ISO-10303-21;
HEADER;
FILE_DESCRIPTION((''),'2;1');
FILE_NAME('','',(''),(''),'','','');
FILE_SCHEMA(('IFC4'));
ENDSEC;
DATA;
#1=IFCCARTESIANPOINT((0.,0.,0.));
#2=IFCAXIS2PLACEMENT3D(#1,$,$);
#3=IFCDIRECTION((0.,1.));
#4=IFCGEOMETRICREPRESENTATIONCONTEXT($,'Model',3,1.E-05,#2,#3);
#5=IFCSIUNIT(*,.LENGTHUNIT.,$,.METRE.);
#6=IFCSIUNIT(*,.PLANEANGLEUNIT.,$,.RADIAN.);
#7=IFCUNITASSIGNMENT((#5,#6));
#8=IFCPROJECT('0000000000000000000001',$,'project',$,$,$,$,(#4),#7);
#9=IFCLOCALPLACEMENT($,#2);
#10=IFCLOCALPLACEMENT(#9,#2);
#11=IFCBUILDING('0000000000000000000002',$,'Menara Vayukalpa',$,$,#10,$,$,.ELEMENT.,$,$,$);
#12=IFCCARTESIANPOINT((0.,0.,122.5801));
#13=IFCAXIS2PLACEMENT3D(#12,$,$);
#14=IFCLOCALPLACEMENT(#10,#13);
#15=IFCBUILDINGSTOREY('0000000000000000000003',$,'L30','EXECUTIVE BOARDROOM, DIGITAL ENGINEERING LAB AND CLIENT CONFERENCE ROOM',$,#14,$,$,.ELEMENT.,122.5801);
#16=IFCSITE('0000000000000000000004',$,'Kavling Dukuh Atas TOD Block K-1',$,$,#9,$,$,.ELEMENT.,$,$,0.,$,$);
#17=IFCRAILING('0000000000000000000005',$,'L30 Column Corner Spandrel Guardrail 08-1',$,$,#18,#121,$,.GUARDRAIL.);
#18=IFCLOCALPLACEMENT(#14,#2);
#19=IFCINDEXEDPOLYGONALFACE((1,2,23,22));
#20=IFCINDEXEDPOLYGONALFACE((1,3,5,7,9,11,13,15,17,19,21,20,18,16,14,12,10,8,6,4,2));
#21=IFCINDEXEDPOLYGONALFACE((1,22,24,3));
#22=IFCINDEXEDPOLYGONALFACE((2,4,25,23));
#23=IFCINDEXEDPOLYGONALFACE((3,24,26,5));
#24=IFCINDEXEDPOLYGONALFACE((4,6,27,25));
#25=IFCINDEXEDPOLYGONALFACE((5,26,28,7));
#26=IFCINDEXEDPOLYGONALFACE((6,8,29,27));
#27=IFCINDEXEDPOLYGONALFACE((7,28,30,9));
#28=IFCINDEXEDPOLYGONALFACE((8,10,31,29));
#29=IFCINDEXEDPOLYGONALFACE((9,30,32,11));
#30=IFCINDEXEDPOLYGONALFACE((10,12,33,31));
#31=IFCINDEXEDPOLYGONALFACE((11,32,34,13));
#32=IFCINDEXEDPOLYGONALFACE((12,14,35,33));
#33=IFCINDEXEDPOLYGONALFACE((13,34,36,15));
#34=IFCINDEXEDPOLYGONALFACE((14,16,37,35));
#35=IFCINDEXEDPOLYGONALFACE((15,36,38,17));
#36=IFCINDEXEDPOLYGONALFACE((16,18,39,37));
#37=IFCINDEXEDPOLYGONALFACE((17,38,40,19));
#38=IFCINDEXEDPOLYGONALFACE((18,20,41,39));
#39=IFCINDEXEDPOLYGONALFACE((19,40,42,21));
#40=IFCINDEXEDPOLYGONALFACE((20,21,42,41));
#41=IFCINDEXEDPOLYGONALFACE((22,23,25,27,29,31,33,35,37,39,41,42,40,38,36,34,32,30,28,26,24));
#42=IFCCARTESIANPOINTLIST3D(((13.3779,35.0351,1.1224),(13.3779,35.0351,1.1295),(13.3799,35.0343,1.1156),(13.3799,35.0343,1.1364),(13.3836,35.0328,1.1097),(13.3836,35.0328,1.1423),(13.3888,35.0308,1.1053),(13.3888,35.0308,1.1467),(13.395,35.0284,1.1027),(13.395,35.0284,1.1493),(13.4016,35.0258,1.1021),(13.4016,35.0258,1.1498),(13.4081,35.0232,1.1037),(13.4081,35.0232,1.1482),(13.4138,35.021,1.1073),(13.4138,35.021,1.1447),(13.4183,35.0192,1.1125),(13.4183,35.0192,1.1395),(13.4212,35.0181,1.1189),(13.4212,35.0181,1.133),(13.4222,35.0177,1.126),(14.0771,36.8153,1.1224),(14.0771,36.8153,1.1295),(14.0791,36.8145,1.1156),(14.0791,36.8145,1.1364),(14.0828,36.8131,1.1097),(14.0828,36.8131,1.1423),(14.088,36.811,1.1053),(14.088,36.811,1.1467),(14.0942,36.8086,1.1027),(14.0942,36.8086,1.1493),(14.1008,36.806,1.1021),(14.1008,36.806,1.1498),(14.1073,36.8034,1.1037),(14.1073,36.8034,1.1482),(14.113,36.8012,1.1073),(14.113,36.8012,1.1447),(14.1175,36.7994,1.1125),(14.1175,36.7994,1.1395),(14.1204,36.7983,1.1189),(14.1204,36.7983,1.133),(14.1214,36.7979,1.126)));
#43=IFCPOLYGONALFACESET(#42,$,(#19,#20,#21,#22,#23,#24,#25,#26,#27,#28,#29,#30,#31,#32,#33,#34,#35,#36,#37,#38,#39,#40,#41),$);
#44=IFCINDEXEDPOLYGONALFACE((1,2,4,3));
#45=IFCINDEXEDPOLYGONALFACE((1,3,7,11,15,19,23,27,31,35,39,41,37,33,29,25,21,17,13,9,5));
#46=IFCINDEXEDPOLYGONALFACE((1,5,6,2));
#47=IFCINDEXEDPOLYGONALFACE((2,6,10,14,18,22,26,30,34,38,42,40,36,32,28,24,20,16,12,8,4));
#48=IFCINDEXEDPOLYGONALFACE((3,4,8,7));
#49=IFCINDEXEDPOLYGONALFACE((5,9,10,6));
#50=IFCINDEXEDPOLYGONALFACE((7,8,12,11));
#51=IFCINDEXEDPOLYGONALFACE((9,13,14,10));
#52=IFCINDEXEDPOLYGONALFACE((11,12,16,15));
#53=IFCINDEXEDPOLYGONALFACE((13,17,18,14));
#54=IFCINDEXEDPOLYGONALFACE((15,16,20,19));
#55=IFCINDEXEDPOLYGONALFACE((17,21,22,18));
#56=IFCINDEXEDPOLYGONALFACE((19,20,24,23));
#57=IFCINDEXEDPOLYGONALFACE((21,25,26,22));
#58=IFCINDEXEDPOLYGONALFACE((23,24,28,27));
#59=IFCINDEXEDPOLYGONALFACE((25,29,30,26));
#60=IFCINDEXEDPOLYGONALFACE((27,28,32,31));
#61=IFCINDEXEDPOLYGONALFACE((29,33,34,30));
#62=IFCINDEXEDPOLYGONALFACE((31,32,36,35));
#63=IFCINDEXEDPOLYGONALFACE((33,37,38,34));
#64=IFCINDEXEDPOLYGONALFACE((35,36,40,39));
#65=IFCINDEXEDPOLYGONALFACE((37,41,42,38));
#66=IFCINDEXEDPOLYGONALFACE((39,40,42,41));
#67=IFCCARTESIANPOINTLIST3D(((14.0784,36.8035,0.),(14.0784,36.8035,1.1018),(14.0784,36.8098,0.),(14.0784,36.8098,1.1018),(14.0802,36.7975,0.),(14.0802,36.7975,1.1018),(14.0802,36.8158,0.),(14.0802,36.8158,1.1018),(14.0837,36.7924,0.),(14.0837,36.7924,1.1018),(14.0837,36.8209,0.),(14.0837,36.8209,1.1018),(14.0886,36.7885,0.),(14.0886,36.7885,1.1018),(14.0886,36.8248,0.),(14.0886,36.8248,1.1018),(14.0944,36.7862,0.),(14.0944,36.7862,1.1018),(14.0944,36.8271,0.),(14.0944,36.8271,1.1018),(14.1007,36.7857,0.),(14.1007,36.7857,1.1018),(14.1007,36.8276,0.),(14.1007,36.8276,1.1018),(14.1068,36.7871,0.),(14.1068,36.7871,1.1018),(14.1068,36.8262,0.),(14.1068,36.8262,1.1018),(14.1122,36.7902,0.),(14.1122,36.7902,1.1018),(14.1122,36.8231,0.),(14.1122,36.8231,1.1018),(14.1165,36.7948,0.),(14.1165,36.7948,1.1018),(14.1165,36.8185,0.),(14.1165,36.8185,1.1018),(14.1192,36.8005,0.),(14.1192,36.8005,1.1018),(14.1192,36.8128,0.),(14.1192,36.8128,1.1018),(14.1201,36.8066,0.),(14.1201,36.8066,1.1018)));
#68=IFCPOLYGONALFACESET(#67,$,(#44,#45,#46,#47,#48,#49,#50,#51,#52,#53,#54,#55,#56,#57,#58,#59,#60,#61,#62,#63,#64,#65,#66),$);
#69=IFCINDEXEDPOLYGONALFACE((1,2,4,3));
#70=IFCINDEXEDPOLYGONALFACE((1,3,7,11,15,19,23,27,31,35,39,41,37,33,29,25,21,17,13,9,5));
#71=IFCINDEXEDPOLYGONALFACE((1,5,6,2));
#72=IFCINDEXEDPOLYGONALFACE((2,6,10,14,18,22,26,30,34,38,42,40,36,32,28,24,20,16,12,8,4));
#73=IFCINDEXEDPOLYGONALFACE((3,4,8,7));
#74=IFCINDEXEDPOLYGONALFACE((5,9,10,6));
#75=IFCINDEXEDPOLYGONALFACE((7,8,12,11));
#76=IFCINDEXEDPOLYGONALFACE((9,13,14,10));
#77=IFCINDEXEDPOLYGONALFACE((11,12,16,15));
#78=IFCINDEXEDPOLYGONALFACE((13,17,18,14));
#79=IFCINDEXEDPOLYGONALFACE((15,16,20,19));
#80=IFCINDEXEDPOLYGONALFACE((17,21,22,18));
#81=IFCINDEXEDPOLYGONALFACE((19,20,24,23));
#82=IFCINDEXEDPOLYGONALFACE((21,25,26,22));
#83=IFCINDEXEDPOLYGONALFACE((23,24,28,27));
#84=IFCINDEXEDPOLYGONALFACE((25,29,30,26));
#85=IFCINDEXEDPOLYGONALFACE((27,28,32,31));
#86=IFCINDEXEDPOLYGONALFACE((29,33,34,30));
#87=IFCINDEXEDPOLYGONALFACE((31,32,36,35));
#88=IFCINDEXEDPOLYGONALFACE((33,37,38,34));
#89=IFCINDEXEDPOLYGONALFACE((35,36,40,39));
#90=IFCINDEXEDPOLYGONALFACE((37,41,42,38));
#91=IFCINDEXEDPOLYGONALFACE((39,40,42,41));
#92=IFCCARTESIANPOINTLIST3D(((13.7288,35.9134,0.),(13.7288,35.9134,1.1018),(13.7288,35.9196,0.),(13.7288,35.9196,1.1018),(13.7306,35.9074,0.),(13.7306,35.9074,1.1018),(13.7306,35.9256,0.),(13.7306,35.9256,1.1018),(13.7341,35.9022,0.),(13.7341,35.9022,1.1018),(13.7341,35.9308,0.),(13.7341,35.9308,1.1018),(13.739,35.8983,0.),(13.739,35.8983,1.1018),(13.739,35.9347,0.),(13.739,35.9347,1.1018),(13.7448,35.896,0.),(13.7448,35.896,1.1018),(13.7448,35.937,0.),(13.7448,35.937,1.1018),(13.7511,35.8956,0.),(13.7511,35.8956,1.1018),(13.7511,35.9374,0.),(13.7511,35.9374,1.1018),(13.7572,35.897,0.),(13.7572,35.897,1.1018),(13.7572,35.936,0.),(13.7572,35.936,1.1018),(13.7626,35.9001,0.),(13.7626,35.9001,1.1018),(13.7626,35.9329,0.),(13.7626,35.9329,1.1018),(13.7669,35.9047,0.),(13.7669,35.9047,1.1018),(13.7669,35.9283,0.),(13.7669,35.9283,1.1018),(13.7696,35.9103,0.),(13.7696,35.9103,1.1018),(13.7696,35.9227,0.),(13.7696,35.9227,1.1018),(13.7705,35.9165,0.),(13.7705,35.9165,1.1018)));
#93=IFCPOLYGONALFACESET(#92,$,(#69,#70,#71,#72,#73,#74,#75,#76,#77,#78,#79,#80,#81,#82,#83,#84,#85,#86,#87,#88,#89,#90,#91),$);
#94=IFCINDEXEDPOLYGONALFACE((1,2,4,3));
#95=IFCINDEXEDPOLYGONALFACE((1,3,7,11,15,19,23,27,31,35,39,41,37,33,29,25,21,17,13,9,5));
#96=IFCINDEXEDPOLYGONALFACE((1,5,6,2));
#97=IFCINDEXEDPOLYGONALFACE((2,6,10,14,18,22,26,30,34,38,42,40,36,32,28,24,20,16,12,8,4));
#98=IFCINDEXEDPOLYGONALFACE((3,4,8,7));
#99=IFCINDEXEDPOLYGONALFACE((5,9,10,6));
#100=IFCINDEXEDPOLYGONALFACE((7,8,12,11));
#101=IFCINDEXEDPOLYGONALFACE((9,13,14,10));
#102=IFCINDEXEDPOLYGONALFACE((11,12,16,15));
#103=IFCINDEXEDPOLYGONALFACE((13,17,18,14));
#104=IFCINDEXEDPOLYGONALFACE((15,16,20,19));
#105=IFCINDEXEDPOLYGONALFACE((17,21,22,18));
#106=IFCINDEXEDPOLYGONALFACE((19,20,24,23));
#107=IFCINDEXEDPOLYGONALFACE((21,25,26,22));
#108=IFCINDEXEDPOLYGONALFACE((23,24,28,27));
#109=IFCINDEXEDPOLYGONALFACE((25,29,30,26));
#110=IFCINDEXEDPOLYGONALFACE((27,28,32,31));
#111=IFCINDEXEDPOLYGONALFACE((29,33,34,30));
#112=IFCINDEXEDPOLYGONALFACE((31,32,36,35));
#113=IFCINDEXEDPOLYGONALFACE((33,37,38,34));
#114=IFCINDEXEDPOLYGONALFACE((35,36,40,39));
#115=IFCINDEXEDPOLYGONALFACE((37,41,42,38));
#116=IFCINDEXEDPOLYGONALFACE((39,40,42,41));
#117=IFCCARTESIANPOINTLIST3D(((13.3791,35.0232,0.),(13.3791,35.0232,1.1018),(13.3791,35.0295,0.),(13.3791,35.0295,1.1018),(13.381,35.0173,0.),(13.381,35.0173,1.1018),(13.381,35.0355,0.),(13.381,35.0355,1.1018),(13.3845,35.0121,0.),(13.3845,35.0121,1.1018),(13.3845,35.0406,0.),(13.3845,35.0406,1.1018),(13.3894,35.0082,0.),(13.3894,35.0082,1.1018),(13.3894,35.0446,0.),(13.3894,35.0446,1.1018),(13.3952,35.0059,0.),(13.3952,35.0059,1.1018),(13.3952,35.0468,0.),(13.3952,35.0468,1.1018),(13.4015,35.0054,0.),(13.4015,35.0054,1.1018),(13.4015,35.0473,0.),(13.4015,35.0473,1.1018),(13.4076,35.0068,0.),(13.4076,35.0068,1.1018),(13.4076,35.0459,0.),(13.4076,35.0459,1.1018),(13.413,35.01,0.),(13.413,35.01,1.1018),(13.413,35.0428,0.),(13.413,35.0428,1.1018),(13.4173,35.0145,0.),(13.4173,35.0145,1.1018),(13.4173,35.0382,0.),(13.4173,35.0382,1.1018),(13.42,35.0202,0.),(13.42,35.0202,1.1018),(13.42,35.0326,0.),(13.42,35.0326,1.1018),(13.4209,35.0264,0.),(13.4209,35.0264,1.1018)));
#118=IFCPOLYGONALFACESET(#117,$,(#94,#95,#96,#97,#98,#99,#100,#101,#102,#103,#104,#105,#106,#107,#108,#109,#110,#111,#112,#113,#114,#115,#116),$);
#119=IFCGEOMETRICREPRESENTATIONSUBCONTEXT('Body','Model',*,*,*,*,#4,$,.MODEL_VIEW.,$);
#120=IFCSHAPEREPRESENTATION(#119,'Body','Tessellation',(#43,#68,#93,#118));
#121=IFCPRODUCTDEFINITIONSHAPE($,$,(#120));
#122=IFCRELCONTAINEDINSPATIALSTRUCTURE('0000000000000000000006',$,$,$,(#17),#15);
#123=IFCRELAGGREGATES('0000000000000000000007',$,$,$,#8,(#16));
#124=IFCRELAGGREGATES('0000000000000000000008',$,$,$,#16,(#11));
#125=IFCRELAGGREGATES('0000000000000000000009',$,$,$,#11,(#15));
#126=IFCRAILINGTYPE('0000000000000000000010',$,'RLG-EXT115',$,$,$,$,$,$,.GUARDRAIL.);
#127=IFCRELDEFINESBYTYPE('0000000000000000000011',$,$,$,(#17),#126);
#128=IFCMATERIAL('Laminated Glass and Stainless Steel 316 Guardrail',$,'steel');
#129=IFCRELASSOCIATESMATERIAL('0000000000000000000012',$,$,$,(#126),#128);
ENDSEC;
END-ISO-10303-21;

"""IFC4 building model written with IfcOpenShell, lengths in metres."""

from ifc_helpers import new_model, si_unit, direction, frame, origin, origin_2d, place, context, subcontext, project, spatial, circle, extrude, material, type_object, element, save


model = new_model("IFC4")

# Units and contexts
model_context = context("Model", 3, precision=1e-05, world=origin(), true_north=direction((0.0, 1.0)))
body_context = subcontext(model_context, "Body", "Model", "MODEL_VIEW")
ifc_project = project(units=[si_unit("LENGTHUNIT", "METRE"), si_unit("PLANEANGLEUNIT", "RADIAN")], contexts=[model_context])

# Site, building, storey
site_placement = place(None, origin())
site = spatial("IfcSite", under=ifc_project, at=site_placement, Name="Kavling Dukuh Atas TOD Block K-1", CompositionType="ELEMENT", RefElevation=0.0)
building_placement = place(site_placement, origin())
building = spatial("IfcBuilding", under=site, at=building_placement, Name="Menara Vayukalpa", CompositionType="ELEMENT")
storey_placement = place(building_placement, frame((0.0, 0.0, 122.5801)))
storey = spatial("IfcBuildingStorey", under=building, at=storey_placement, Name="L30", Description="EXECUTIVE BOARDROOM, DIGITAL ENGINEERING LAB AND CLIENT CONFERENCE ROOM", CompositionType="ELEMENT", Elevation=122.5801)

# Railing
ifc_material_1 = material(Name="Laminated Glass and Stainless Steel 316 Guardrail", Category="steel")
railing_type = type_object("IfcRailingType", Name="RLG-EXT115", PredefinedType="GUARDRAIL", material=ifc_material_1)
railing_1_placement = place(storey_placement, frame((14.0991, 36.8066, 0.0)))
element("IfcRailing", 1, at=railing_1_placement, inside=storey, type_object=railing_type, Name="L30 Column Corner Spandrel Guardrail 08-1", PredefinedType="GUARDRAIL", context=body_context, shape_type="SweptSolid", body=[
    extrude(circle(Radius=0.0239, at=origin_2d()), frame((0.0, 0.0, 1.126), z_axis=(-0.365573, -0.930783, 0.0), x_axis=(0.930783, -0.365573, 0.0)), (0.0, 0.0, 1.0), 1.9126),
    extrude(circle(Radius=0.021, at=origin_2d()), origin(), (0.0, 0.0, 1.0), 1.1018),
    extrude(circle(Radius=0.021, at=origin_2d()), frame((-0.3496, -0.8901, 0.0)), (0.0, 0.0, 1.0), 1.1018),
    extrude(circle(Radius=0.021, at=origin_2d()), frame((-0.6992, -1.7803, 0.0)), (0.0, 0.0, 1.0), 1.1018),
])

save(model, "model.ifc")
